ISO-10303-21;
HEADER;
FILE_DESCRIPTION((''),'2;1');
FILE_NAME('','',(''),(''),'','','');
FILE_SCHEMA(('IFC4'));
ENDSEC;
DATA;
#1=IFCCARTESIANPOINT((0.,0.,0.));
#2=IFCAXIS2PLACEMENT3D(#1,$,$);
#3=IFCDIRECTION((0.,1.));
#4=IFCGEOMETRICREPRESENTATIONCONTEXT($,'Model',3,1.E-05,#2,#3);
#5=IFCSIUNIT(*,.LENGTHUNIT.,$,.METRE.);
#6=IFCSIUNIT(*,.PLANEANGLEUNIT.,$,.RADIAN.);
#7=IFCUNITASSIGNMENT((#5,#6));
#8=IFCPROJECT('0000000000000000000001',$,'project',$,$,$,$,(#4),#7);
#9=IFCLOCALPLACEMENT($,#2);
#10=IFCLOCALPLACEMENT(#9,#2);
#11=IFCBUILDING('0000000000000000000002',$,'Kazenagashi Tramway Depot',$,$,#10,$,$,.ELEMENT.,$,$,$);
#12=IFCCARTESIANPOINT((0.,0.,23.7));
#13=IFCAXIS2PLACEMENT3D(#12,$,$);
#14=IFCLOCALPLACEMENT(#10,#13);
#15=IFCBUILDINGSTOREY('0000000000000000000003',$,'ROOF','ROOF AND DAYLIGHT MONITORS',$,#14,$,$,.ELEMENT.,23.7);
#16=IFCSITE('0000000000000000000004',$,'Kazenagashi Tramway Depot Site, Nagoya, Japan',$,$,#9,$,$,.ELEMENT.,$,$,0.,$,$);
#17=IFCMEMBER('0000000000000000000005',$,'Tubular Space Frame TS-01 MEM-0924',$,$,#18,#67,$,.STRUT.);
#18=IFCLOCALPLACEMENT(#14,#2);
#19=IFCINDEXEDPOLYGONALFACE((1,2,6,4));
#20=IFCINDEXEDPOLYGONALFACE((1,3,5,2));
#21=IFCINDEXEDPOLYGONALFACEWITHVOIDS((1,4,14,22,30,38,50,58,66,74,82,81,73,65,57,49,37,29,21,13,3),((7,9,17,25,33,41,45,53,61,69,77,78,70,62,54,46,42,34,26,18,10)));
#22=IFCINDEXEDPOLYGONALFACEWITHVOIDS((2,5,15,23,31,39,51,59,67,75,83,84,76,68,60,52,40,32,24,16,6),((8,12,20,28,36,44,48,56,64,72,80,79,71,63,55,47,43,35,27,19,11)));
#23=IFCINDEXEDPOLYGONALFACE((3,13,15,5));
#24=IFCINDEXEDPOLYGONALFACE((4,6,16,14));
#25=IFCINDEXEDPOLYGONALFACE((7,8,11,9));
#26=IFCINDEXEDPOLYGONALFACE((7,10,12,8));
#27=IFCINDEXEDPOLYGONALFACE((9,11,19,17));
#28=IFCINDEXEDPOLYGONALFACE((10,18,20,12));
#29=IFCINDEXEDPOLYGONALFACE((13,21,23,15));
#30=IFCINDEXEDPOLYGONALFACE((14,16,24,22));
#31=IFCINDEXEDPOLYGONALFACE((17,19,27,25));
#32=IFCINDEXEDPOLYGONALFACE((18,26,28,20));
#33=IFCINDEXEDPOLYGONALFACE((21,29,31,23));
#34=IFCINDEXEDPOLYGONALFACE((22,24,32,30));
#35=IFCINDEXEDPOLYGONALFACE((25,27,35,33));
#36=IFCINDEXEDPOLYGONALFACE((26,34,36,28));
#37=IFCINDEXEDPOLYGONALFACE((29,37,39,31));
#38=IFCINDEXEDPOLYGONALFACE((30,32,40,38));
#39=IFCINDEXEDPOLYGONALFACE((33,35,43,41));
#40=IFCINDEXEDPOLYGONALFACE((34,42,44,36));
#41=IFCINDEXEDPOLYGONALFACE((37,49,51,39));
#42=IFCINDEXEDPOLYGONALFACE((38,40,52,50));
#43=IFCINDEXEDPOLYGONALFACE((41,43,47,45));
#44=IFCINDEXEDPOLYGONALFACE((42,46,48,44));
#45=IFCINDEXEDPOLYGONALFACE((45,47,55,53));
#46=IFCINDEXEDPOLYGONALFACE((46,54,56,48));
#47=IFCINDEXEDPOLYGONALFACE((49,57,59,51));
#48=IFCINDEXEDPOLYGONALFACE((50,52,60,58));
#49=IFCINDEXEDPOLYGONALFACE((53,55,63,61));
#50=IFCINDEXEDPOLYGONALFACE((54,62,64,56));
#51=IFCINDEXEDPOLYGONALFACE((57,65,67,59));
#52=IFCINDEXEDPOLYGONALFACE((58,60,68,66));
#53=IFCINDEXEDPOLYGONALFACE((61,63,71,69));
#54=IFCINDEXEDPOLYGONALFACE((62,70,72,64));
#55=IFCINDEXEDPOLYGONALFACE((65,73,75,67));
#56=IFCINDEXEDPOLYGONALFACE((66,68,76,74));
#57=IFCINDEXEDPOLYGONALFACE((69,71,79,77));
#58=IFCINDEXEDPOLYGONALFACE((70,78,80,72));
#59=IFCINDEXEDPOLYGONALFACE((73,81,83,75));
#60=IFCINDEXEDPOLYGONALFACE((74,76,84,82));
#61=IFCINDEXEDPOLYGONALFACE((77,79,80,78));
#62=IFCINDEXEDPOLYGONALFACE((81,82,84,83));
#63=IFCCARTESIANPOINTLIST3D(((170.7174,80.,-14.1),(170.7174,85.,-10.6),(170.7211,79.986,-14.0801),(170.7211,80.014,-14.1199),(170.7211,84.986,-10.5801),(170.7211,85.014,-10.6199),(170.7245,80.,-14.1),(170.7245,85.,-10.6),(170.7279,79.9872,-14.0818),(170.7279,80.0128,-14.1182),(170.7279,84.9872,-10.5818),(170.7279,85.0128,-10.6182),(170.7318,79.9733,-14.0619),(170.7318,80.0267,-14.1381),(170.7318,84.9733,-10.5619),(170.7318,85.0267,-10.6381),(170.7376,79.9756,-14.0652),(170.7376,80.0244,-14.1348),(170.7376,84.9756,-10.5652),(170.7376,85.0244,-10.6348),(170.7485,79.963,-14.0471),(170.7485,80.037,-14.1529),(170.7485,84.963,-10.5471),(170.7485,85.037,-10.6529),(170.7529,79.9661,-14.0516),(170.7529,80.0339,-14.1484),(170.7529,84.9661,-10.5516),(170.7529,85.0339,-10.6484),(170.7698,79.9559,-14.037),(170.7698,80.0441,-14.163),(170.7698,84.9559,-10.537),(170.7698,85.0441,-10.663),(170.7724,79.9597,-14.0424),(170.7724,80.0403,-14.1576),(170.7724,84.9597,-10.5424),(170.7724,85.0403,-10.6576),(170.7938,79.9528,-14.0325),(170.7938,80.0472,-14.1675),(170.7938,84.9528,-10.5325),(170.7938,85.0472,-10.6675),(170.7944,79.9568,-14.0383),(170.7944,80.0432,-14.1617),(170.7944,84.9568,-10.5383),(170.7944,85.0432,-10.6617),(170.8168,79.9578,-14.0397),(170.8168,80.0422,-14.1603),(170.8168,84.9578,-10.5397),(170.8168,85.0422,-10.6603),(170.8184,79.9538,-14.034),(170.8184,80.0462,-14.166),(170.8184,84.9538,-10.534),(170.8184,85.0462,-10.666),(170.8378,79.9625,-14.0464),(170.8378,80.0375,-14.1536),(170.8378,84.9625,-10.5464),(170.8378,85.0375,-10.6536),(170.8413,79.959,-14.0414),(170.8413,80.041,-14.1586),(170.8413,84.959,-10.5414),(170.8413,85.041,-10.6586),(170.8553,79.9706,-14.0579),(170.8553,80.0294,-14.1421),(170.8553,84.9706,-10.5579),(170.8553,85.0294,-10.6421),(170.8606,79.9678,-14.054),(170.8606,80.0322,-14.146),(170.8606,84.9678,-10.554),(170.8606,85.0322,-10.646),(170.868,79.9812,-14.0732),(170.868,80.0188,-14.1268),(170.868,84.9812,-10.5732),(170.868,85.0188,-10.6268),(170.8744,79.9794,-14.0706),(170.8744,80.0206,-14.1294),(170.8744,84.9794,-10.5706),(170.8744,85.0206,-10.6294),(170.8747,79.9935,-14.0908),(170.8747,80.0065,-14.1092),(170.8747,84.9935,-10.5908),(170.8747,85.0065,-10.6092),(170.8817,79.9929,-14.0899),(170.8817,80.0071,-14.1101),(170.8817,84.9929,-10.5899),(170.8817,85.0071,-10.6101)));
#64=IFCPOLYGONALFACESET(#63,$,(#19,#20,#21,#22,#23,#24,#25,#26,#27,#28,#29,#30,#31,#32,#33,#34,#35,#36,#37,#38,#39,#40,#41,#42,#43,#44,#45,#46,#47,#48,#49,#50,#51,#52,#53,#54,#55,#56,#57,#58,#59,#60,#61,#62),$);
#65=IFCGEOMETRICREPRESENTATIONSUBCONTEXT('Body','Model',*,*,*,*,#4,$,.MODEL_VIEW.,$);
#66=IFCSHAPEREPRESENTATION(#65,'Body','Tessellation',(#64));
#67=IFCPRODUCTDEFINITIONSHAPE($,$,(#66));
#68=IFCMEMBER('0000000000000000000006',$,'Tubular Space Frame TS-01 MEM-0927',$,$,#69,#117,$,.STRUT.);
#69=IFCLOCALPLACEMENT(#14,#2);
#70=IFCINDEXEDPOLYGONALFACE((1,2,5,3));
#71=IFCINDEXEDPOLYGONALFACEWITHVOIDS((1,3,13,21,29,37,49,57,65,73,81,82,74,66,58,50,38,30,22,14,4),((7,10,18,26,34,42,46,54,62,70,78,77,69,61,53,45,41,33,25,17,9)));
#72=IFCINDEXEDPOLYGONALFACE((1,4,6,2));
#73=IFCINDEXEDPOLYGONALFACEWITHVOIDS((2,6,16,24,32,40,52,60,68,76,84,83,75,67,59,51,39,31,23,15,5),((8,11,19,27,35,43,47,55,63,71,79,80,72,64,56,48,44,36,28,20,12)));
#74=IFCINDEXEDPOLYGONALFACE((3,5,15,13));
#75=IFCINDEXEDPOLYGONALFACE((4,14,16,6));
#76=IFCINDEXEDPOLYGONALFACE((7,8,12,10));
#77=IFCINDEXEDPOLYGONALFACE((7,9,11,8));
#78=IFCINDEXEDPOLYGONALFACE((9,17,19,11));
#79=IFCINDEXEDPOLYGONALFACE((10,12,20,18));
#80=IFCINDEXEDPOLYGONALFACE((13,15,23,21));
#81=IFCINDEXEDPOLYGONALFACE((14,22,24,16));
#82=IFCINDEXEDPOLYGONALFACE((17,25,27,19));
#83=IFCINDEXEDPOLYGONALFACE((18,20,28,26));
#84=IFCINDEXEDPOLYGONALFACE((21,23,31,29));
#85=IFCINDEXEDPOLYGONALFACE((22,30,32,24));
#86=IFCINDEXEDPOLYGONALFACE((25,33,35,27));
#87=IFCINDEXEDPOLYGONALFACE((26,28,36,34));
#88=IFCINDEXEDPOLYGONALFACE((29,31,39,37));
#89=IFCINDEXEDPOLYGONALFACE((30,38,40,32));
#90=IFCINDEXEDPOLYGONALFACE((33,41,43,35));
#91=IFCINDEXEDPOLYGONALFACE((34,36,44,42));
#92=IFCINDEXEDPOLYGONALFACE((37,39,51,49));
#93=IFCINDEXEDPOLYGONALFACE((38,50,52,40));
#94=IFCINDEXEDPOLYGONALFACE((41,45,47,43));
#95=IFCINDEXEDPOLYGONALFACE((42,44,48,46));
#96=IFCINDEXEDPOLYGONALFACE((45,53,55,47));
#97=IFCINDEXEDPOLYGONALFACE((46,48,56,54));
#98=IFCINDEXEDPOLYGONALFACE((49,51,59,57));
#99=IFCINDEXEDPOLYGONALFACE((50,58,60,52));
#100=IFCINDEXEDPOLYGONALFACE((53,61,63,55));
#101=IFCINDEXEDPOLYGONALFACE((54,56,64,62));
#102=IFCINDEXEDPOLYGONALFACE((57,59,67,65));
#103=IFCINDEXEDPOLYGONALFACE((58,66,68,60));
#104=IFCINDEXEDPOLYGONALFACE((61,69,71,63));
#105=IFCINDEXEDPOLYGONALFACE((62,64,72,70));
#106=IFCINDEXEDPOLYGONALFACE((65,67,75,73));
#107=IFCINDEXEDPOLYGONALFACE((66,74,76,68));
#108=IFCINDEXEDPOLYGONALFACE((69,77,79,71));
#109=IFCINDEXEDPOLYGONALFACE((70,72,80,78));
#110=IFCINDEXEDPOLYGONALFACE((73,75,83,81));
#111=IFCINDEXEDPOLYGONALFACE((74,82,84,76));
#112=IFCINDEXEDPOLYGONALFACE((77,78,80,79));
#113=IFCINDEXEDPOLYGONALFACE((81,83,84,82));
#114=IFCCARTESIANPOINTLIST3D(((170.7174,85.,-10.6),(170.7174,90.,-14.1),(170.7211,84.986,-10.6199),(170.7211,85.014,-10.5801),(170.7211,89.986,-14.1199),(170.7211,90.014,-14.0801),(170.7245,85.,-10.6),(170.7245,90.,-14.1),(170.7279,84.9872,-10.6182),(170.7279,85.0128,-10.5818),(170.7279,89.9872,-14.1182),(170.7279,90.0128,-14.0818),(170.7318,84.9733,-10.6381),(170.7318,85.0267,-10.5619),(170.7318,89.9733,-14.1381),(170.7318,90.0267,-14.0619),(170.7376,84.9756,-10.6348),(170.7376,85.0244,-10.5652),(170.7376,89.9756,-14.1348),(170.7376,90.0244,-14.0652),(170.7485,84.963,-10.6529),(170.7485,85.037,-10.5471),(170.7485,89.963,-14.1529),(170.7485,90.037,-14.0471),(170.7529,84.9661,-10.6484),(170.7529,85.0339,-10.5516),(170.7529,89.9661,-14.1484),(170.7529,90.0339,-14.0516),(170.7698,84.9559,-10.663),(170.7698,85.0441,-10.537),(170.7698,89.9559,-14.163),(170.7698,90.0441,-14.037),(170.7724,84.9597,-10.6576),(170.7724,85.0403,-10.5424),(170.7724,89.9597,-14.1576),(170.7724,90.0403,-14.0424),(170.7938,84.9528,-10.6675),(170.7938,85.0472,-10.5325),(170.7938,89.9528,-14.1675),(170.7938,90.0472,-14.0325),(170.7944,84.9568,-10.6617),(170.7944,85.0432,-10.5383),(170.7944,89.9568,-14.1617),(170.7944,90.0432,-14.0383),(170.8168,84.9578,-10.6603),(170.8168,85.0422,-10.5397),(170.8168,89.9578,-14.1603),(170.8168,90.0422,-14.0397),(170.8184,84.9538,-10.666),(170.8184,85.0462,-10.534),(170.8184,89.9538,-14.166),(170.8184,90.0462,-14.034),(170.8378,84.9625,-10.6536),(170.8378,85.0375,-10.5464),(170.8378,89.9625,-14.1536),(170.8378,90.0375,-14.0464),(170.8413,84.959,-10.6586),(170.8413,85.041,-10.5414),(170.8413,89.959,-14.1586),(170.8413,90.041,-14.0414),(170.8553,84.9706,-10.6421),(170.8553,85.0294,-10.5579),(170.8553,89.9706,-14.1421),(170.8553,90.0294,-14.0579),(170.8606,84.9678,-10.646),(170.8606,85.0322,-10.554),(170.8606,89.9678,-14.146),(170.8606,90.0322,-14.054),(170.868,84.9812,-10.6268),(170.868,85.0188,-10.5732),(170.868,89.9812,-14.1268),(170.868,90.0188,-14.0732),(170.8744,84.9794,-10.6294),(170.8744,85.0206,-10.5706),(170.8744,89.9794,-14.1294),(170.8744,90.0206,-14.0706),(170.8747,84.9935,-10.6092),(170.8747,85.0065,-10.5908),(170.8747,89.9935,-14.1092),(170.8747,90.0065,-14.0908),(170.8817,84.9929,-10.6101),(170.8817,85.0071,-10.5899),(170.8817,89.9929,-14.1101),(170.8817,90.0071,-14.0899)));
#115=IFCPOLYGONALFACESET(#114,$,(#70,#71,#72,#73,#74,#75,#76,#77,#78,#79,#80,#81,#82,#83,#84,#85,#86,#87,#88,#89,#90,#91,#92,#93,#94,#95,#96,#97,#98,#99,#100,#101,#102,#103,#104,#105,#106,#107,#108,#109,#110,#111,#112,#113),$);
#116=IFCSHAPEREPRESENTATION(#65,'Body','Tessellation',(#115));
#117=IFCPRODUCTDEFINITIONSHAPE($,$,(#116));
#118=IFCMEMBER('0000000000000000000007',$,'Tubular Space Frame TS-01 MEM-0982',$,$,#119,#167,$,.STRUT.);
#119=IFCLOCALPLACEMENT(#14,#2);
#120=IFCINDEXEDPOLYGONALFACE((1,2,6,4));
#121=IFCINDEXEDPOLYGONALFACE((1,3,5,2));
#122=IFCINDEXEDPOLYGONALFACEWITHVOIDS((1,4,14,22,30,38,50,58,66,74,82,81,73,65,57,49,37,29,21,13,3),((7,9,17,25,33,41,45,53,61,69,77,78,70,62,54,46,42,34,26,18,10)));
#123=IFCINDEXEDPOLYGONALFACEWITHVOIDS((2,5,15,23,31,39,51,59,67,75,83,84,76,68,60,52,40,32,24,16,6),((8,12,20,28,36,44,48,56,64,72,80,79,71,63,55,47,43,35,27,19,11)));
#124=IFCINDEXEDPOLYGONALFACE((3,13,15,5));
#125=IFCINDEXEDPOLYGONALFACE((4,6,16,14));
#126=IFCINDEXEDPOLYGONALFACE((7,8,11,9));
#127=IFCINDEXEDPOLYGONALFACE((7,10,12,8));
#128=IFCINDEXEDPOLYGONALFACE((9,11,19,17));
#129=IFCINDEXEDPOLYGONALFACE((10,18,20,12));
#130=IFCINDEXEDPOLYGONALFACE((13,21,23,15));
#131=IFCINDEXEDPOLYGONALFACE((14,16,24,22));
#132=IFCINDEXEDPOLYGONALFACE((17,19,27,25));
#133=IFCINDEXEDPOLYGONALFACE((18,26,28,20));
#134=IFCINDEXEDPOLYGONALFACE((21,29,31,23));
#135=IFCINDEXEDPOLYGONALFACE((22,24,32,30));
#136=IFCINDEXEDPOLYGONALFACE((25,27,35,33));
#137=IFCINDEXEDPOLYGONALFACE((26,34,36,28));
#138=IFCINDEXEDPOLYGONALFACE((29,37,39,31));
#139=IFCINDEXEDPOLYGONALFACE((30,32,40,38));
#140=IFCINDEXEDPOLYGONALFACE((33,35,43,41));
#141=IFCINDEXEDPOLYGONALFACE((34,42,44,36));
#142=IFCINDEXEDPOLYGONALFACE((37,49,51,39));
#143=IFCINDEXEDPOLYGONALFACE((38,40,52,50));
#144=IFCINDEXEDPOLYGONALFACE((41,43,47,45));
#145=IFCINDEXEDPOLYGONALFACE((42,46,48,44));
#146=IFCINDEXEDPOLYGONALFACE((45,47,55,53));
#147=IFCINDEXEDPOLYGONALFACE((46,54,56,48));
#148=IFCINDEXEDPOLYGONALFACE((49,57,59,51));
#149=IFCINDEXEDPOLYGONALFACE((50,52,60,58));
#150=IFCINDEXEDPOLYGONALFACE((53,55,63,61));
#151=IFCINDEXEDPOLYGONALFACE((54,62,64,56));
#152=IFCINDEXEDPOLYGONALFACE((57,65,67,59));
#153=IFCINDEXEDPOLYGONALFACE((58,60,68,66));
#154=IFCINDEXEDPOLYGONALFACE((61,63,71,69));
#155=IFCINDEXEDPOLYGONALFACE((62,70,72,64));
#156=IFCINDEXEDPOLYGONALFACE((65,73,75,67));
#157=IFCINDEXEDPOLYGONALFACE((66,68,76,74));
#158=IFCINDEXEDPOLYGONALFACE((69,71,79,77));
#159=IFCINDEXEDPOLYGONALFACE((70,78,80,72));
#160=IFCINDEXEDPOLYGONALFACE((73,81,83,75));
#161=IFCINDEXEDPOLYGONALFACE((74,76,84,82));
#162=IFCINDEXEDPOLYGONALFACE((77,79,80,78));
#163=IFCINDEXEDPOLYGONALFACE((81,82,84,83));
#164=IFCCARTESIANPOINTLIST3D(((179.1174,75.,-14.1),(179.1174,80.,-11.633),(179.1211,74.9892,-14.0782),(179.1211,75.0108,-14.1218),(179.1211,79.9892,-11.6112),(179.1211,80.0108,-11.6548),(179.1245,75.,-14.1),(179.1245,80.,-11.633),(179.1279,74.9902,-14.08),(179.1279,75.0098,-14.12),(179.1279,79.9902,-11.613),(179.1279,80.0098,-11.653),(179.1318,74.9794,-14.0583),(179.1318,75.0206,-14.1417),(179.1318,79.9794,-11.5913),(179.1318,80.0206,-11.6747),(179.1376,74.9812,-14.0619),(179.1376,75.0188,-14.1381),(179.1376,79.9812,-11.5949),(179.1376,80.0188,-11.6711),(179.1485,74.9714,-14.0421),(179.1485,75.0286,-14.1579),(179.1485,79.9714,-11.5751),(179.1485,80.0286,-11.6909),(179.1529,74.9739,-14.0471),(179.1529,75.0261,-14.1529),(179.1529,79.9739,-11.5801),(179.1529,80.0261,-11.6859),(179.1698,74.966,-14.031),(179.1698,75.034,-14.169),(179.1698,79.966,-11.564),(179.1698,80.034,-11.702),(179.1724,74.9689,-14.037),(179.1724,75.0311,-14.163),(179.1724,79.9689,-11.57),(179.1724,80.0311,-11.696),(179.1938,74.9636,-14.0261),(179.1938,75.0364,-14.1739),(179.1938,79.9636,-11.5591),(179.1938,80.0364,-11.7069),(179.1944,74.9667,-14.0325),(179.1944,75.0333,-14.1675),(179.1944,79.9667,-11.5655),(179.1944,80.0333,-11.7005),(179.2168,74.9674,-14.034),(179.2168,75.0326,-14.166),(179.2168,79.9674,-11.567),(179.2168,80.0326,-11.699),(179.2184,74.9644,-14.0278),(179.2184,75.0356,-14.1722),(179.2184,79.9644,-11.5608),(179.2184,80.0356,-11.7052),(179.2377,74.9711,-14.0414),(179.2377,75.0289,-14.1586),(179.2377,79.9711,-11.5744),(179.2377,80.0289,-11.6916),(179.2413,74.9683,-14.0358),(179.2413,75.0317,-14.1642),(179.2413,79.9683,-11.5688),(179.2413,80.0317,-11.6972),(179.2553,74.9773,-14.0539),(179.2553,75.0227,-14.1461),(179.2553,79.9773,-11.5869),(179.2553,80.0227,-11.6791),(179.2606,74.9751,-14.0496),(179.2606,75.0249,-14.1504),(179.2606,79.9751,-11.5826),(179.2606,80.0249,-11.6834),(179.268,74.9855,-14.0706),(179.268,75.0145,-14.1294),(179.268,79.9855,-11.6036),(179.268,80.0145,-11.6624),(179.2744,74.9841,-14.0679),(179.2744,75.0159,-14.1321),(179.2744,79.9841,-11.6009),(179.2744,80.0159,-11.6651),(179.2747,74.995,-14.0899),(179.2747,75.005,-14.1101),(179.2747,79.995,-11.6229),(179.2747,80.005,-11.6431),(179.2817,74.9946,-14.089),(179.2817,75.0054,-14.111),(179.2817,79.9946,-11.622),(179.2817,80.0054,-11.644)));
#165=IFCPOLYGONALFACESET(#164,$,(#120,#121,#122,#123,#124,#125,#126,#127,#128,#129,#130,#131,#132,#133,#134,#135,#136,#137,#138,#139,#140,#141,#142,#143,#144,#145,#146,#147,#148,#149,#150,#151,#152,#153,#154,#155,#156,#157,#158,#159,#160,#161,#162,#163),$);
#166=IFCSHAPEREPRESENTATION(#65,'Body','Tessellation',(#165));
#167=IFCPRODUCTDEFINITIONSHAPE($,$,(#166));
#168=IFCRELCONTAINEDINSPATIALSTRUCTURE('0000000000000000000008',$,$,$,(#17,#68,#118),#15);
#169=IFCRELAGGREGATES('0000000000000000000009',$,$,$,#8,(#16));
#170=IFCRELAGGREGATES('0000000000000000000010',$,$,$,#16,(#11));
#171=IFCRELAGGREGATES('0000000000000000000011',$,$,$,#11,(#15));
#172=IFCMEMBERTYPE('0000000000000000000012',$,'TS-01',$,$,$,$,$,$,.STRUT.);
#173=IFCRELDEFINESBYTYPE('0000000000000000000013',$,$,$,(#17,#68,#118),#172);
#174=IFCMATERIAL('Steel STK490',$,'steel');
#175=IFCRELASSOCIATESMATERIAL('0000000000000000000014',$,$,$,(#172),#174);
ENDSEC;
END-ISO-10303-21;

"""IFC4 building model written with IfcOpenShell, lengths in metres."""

from ifc_helpers import new_model, si_unit, direction, frame, origin, origin_2d, place, context, subcontext, project, spatial, hollow_circle, extrude, material, material_profile, profile_set, type_object, element, save


model = new_model("IFC4")

# Units and contexts
model_context = context("Model", 3, precision=1e-05, world=origin(), true_north=direction((0.0, 1.0)))
body_context = subcontext(model_context, "Body", "Model", "MODEL_VIEW")
ifc_project = project(units=[si_unit("LENGTHUNIT", "METRE"), si_unit("PLANEANGLEUNIT", "RADIAN")], contexts=[model_context])

# Site, building, storey
site_placement = place(None, origin())
site = spatial("IfcSite", under=ifc_project, at=site_placement, Name="Kazenagashi Tramway Depot Site, Nagoya, Japan", CompositionType="ELEMENT", RefElevation=0.0)
building_placement = place(site_placement, origin())
building = spatial("IfcBuilding", under=site, at=building_placement, Name="Kazenagashi Tramway Depot", CompositionType="ELEMENT")
storey_placement = place(building_placement, frame((0.0, 0.0, 23.7)))
storey = spatial("IfcBuildingStorey", under=building, at=storey_placement, Name="ROOF", Description="ROOF AND DAYLIGHT MONITORS", CompositionType="ELEMENT", Elevation=23.7)

# Members
ifc_material_1 = material(Name="Steel STK490", Category="steel")
ifc_material_profile_1 = material_profile(ifc_material_1, hollow_circle(Radius=0.0826, WallThickness=0.0071, at=origin_2d()), Name="CHS-165.2x7.1")
ifc_profile_set_1 = profile_set([ifc_material_profile_1], Name="Steel STK490")
member_type_1 = type_object("IfcMemberType", Name="TS-01", PredefinedType="STRUT", material=ifc_profile_set_1)
for number, where, z_axis, x_axis, name in (
    (1, (170.8, 80.0, -14.1), (0.0, 0.819232, 0.573462), (-1.0, 0.0, 0.0), "Tubular Space Frame TS-01 MEM-0924"),
    (2, (170.8, 85.0, -10.6), (0.0, 0.819232, -0.573462), (-1.0, 0.0, 0.0), "Tubular Space Frame TS-01 MEM-0927"),
):
    element("IfcMember", number, at=place(storey_placement, frame(where, z_axis=z_axis, x_axis=x_axis)), inside=storey, type_object=member_type_1, Name=name, PredefinedType="STRUT", context=body_context, shape_type="SweptSolid", body=[
        extrude(hollow_circle(Radius=0.0826, WallThickness=0.0071, at=origin_2d()), origin(), (0.0, 0.0, 1.0), 6.1033),
    ])
member_1_placement = place(storey_placement, frame((179.2, 75.0, -14.1), z_axis=(0.0, 0.896782, 0.442472), x_axis=(-1.0, 0.0, 0.0)))
element("IfcMember", 3, at=member_1_placement, inside=storey, type_object=member_type_1, Name="Tubular Space Frame TS-01 MEM-0982", PredefinedType="STRUT", context=body_context, shape_type="SweptSolid", body=[
    extrude(hollow_circle(Radius=0.0826, WallThickness=0.0071, at=origin_2d()), origin(), (0.0, 0.0, 1.0), 5.5755),
])

save(model, "model.ifc")
